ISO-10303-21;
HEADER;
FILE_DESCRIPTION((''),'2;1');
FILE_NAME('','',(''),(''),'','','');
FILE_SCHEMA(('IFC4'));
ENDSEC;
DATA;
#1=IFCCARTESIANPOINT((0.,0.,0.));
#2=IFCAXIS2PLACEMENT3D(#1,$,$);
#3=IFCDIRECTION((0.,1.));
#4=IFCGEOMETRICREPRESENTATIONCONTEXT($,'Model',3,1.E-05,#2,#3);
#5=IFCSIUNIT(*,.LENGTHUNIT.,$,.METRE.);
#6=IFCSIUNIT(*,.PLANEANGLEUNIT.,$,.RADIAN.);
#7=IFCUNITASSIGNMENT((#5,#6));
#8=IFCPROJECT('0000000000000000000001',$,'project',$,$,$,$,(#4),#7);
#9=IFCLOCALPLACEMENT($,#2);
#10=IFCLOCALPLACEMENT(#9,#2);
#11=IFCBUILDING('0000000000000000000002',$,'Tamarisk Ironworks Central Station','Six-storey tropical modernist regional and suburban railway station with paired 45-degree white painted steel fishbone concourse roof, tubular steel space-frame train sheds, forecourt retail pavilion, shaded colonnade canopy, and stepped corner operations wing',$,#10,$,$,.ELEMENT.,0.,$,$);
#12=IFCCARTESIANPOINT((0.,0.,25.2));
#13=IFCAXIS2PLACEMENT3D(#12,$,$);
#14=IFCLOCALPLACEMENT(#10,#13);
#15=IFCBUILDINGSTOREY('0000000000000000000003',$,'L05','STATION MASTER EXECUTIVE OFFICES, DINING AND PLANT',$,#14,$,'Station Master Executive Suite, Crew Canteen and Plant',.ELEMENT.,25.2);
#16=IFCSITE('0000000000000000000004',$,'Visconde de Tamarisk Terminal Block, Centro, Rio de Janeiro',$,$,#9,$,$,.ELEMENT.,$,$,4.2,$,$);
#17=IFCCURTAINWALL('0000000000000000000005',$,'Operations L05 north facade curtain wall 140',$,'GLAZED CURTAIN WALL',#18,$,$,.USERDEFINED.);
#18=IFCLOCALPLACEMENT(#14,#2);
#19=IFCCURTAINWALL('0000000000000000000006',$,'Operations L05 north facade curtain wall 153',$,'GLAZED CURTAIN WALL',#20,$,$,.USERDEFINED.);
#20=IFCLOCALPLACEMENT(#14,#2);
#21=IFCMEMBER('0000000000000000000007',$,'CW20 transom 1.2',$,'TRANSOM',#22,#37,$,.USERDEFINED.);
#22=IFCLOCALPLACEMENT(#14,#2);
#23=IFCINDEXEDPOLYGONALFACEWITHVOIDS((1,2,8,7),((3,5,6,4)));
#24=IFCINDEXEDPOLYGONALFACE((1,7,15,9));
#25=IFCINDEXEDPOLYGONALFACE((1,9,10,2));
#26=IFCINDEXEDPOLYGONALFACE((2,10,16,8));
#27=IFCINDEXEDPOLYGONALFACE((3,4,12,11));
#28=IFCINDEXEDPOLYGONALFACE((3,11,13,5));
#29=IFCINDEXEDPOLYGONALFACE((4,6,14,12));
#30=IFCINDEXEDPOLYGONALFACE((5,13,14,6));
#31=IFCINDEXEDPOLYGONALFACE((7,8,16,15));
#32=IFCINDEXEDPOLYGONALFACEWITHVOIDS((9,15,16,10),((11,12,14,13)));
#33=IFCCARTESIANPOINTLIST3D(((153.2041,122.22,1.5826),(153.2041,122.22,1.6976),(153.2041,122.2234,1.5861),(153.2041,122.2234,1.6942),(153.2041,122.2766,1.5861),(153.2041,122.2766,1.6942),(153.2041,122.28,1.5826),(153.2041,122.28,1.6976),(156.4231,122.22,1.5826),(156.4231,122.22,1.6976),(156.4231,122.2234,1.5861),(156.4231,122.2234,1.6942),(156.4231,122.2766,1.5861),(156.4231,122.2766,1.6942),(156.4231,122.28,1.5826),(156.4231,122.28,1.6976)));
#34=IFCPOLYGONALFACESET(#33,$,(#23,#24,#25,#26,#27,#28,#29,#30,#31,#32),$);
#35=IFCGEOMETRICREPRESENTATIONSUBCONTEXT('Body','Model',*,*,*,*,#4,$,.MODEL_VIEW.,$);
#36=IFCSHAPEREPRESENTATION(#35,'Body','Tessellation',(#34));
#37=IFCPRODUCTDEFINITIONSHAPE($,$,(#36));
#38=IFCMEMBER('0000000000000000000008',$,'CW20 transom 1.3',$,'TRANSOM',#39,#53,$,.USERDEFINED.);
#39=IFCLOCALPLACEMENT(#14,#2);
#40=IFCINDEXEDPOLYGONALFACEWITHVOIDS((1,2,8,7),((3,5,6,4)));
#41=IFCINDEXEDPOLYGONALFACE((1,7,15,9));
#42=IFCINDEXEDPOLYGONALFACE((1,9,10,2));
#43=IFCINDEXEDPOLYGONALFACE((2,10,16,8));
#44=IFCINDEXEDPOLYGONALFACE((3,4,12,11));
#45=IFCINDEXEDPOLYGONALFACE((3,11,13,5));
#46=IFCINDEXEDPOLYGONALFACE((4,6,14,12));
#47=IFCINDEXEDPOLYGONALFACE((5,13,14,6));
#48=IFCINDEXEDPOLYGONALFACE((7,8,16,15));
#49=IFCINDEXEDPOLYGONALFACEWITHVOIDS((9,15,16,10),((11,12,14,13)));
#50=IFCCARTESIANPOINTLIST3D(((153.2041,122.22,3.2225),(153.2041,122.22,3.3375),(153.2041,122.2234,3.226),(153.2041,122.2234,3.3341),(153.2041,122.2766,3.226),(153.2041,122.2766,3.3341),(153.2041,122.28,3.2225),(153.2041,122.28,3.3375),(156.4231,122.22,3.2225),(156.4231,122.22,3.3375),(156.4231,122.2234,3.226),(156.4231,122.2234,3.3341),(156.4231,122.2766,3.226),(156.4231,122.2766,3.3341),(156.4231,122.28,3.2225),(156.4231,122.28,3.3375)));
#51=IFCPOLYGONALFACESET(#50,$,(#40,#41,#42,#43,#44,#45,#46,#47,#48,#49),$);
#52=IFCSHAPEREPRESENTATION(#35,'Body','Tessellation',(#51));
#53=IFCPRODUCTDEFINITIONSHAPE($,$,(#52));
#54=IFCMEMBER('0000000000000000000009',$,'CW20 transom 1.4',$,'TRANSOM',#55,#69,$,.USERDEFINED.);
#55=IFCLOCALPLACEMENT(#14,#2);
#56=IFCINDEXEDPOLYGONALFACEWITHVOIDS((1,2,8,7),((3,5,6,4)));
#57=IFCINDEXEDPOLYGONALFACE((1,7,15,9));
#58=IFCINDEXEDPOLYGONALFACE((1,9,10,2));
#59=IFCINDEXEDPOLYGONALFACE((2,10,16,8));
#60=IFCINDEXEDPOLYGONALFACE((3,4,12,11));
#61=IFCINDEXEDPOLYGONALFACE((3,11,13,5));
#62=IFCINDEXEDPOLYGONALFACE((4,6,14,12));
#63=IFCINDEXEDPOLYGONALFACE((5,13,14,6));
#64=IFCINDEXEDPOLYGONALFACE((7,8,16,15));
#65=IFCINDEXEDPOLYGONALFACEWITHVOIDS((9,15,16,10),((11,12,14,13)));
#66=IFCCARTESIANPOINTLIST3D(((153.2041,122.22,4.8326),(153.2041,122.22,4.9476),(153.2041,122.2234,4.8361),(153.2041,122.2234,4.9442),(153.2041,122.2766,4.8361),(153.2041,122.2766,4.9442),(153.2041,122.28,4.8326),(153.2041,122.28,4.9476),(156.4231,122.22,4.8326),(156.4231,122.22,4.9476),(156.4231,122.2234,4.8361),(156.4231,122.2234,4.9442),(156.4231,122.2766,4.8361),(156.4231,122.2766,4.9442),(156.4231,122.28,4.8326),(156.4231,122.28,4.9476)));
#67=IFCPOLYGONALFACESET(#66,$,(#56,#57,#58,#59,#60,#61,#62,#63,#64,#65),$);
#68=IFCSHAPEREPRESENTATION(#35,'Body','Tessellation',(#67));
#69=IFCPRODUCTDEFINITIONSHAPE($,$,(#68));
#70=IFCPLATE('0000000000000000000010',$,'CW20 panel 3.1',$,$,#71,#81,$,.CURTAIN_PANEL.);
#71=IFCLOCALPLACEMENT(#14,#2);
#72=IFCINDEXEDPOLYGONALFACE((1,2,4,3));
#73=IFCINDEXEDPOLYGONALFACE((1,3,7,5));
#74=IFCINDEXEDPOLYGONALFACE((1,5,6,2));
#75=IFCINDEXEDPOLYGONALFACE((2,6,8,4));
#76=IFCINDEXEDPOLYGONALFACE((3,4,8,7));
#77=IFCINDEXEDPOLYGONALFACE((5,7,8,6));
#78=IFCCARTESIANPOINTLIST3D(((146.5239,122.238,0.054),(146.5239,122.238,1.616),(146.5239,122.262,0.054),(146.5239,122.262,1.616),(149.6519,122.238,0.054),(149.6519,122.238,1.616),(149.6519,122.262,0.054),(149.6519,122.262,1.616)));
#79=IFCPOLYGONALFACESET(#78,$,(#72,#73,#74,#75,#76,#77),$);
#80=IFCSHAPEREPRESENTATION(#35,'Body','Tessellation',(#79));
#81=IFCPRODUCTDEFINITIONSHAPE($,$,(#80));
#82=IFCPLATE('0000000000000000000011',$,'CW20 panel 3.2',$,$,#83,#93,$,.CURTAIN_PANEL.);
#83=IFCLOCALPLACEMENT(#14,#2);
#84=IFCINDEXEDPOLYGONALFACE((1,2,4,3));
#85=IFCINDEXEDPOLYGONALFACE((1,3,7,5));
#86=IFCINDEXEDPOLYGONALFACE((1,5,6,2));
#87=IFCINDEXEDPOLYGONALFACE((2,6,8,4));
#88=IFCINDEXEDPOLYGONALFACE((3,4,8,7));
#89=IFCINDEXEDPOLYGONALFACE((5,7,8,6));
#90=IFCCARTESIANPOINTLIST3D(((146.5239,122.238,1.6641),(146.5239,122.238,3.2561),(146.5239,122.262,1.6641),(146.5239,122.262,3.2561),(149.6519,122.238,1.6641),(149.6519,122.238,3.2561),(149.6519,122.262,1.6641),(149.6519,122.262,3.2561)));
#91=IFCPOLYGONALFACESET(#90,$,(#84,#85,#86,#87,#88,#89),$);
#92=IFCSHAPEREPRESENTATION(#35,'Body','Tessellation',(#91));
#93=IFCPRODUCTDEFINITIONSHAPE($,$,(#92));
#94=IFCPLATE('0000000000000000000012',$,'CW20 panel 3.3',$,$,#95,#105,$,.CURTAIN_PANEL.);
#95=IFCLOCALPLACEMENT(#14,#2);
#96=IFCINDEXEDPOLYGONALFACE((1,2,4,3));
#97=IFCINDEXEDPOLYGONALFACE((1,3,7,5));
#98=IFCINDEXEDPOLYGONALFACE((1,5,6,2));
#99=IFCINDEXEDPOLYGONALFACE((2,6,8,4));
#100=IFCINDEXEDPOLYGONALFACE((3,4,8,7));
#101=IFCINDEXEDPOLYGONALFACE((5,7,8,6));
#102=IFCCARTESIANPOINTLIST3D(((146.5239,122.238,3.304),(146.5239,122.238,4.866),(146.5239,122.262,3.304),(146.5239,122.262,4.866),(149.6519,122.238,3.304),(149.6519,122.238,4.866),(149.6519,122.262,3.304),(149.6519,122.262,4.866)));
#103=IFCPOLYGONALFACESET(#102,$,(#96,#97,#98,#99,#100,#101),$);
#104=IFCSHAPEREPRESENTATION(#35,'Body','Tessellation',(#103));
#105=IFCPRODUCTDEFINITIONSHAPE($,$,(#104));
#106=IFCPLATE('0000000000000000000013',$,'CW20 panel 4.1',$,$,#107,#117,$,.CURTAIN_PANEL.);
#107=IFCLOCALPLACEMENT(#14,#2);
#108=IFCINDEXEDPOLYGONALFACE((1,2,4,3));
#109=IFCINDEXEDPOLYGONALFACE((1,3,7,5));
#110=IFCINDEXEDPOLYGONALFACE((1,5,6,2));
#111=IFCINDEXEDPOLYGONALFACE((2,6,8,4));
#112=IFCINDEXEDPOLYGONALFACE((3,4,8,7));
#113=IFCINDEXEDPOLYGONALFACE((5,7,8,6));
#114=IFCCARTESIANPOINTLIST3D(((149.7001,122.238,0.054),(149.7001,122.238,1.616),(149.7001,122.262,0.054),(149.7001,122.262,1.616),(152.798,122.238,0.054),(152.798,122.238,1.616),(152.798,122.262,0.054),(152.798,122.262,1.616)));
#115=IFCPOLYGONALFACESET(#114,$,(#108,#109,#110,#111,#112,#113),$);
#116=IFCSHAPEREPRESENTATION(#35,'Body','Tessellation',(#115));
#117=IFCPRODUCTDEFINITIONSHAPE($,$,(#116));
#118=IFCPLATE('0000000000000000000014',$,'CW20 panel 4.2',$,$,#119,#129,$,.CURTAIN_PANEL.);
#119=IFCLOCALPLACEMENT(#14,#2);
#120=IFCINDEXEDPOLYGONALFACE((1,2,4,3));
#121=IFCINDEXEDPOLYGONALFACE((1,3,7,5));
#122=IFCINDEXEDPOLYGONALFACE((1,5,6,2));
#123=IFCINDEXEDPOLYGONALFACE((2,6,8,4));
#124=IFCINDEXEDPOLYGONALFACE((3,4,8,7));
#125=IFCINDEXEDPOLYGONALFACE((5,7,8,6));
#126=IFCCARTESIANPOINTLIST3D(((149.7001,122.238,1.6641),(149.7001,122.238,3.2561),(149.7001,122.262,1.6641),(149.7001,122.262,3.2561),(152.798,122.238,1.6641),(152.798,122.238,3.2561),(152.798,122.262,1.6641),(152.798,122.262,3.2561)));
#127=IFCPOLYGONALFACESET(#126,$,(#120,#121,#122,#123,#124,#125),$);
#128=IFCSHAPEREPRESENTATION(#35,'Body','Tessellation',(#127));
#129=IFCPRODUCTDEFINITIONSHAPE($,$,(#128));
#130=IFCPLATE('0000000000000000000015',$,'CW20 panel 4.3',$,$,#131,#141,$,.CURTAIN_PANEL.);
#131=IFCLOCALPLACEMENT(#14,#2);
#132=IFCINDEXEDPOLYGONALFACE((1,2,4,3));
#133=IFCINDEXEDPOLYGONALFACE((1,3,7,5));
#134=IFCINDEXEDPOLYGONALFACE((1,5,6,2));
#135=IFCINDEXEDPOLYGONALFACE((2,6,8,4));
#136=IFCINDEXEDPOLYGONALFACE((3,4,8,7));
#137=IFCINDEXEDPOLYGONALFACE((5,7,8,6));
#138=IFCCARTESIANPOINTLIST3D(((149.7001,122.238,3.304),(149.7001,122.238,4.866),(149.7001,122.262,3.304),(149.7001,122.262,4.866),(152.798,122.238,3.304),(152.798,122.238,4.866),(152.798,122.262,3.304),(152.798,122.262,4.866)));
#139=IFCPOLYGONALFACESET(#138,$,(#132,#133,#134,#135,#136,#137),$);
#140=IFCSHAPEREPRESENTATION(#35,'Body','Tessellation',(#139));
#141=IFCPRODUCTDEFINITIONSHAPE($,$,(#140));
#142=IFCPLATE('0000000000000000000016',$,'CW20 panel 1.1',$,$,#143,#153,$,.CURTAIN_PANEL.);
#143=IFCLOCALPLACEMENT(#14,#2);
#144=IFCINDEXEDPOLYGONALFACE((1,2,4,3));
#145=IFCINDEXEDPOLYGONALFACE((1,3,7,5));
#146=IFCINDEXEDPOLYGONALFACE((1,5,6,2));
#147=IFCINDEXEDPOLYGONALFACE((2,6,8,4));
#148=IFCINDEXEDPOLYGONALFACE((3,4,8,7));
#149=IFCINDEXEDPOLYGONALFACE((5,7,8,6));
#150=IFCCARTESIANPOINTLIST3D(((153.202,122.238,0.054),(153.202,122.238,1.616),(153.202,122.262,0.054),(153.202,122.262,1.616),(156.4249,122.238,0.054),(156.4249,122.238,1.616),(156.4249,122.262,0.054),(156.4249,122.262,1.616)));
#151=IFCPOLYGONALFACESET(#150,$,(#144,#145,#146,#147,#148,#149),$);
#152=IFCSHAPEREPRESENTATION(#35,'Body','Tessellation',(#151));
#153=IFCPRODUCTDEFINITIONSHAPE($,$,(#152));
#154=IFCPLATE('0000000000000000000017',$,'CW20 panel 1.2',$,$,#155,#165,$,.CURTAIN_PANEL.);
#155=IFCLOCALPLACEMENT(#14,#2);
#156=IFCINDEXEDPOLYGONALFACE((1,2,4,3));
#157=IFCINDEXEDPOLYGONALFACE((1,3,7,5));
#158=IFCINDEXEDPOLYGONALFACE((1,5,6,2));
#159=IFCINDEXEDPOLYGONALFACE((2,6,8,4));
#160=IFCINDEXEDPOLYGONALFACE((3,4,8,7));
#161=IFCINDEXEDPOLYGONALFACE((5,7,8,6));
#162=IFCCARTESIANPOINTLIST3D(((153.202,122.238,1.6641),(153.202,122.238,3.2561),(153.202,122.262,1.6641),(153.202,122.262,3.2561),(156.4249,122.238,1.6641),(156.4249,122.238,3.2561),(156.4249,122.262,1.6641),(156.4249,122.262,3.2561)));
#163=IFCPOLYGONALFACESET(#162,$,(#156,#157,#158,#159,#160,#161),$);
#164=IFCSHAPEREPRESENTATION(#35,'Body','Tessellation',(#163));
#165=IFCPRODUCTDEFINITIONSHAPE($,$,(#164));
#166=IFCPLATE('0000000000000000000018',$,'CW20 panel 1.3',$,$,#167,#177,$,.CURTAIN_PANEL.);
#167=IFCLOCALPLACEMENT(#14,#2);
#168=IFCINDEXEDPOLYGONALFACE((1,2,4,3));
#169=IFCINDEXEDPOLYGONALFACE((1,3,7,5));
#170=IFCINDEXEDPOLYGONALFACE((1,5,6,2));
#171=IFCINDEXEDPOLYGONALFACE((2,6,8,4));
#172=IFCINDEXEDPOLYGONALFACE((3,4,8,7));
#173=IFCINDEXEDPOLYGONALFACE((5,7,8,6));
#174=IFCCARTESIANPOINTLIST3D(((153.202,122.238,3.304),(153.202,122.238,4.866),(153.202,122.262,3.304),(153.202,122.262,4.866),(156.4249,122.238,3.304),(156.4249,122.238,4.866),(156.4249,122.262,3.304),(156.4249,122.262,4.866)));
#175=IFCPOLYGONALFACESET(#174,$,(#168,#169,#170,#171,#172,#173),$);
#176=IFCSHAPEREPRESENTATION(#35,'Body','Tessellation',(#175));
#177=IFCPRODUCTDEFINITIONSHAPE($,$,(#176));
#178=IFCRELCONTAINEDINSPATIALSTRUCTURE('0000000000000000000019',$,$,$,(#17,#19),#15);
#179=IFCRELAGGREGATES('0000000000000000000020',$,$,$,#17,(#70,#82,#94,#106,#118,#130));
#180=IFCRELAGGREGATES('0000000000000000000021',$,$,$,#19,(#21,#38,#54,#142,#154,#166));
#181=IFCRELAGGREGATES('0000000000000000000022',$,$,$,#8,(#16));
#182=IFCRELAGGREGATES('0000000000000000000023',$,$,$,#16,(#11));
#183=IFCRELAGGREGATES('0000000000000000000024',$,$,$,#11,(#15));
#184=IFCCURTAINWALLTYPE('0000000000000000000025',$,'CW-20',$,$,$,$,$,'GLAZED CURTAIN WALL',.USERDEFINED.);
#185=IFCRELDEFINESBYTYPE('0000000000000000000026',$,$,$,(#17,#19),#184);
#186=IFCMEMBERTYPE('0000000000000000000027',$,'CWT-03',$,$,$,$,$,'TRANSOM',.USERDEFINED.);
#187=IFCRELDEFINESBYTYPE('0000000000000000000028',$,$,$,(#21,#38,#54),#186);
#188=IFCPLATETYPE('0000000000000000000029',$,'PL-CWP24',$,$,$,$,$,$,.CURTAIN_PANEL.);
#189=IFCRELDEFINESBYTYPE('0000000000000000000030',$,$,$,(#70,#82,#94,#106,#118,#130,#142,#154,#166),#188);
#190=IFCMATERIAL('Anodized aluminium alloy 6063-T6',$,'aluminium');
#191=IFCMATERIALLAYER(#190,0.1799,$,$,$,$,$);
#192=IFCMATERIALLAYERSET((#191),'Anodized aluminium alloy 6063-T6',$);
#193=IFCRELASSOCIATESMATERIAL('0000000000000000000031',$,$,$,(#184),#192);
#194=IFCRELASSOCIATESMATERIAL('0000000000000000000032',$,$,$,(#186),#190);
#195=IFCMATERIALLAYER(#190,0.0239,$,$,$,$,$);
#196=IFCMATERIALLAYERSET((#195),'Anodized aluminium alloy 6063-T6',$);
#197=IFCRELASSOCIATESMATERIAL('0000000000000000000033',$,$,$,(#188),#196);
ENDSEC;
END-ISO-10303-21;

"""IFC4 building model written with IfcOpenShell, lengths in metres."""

from ifc_helpers import new_model, si_unit, direction, frame, origin, origin_2d, place, context, subcontext, project, spatial, rectangle, hollow_rectangle, extrude, material, layer, layer_set, material_profile, profile_set, type_object, element, aggregate, save


model = new_model("IFC4")

# Units and contexts
model_context = context("Model", 3, precision=1e-05, world=origin(), true_north=direction((0.0, 1.0)))
body_context = subcontext(model_context, "Body", "Model", "MODEL_VIEW")
ifc_project = project(units=[si_unit("LENGTHUNIT", "METRE"), si_unit("PLANEANGLEUNIT", "RADIAN")], contexts=[model_context])

# Site, building, storey
site_placement = place(None, origin())
site = spatial("IfcSite", under=ifc_project, at=site_placement, Name="Visconde de Tamarisk Terminal Block, Centro, Rio de Janeiro", CompositionType="ELEMENT", RefElevation=4.2)
building_placement = place(site_placement, origin())
building = spatial("IfcBuilding", under=site, at=building_placement, Name="Tamarisk Ironworks Central Station", Description="Six-storey tropical modernist regional and suburban railway station with paired 45-degree white painted steel fishbone concourse roof, tubular steel space-frame train sheds, forecourt retail pavilion, shaded colonnade canopy, and stepped corner operations wing", CompositionType="ELEMENT", ElevationOfRefHeight=0.0)
storey_placement = place(building_placement, frame((0.0, 0.0, 25.2)))
storey = spatial("IfcBuildingStorey", under=building, at=storey_placement, Name="L05", Description="STATION MASTER EXECUTIVE OFFICES, DINING AND PLANT", LongName="Station Master Executive Suite, Crew Canteen and Plant", CompositionType="ELEMENT", Elevation=25.2)

# Curtain wall
ifc_material_1 = material(Name="Anodized aluminium alloy 6063-T6", Category="aluminium")
ifc_layer_1 = layer(ifc_material_1, 0.1799)
ifc_layer_set_1 = layer_set([ifc_layer_1], Name="Anodized aluminium alloy 6063-T6")
curtain_wall_type = type_object("IfcCurtainWallType", Name="CW-20", ElementType="GLAZED CURTAIN WALL", PredefinedType="USERDEFINED", material=ifc_layer_set_1)
curtain_wall_1_placement = place(storey_placement, origin())
curtain_wall_1 = element("IfcCurtainWall", 1, at=curtain_wall_1_placement, inside=storey, type_object=curtain_wall_type, Name="Operations L05 north facade curtain wall 140", ObjectType="GLAZED CURTAIN WALL", PredefinedType="USERDEFINED")

# Curtain wall
curtain_wall_2_placement = place(storey_placement, origin())
curtain_wall_2 = element("IfcCurtainWall", 2, at=curtain_wall_2_placement, inside=storey, type_object=curtain_wall_type, Name="Operations L05 north facade curtain wall 153", ObjectType="GLAZED CURTAIN WALL", PredefinedType="USERDEFINED")

# Members
ifc_material_profile_1 = material_profile(ifc_material_1, hollow_rectangle(XDim=0.0601, YDim=0.115, WallThickness=0.0034, at=origin_2d()), Name="ALUM 115x60")
ifc_profile_set_1 = profile_set([ifc_material_profile_1], Name="Anodized aluminium alloy 6063-T6")
member_type_1 = type_object("IfcMemberType", Name="CWT-03", ElementType="TRANSOM", PredefinedType="USERDEFINED", material=ifc_profile_set_1)
member_1_placement = place(storey_placement, frame((153.2041, 122.25, 1.6401), z_axis=(1.0, 0.0, 0.0), x_axis=(0.0, 1.0, 0.0)))
member_1 = element("IfcMember", 3, at=member_1_placement, type_object=member_type_1, Name="CW20 transom 1.2", ObjectType="TRANSOM", PredefinedType="USERDEFINED", context=body_context, shape_type="SweptSolid", body=[
    extrude(hollow_rectangle(XDim=0.0601, YDim=0.115, WallThickness=0.0034, at=origin_2d()), origin(), (0.0, 0.0, 1.0), 3.219),
])
member_2_placement = place(storey_placement, frame((153.2041, 122.25, 3.28), z_axis=(1.0, 0.0, 0.0), x_axis=(0.0, 1.0, 0.0)))
member_2 = element("IfcMember", 4, at=member_2_placement, type_object=member_type_1, Name="CW20 transom 1.3", ObjectType="TRANSOM", PredefinedType="USERDEFINED", context=body_context, shape_type="SweptSolid", body=[
    extrude(hollow_rectangle(XDim=0.0601, YDim=0.115, WallThickness=0.0034, at=origin_2d()), origin(), (0.0, 0.0, 1.0), 3.219),
])
member_3_placement = place(storey_placement, frame((153.2041, 122.25, 4.8901), z_axis=(1.0, 0.0, 0.0), x_axis=(0.0, 1.0, 0.0)))
member_3 = element("IfcMember", 5, at=member_3_placement, type_object=member_type_1, Name="CW20 transom 1.4", ObjectType="TRANSOM", PredefinedType="USERDEFINED", context=body_context, shape_type="SweptSolid", body=[
    extrude(hollow_rectangle(XDim=0.0601, YDim=0.115, WallThickness=0.0034, at=origin_2d()), origin(), (0.0, 0.0, 1.0), 3.219),
])

# Plates
ifc_layer_2 = layer(ifc_material_1, 0.0239)
ifc_layer_set_2 = layer_set([ifc_layer_2], Name="Anodized aluminium alloy 6063-T6")
plate_type = type_object("IfcPlateType", Name="PL-CWP24", PredefinedType="CURTAIN_PANEL", material=ifc_layer_set_2)
plate_1_placement = place(storey_placement, frame((148.0879, 122.25, 0.054), z_axis=(0.0, 0.0, 1.0), x_axis=(1.0, 0.0, 0.0)))
plate_1 = element("IfcPlate", 6, at=plate_1_placement, type_object=plate_type, Name="CW20 panel 3.1", PredefinedType="CURTAIN_PANEL", context=body_context, shape_type="SweptSolid", body=[
    extrude(rectangle(XDim=3.1279, YDim=0.0239, at=origin_2d()), origin(), (0.0, 0.0, 1.0), 1.562),
])
plate_2_placement = place(storey_placement, frame((148.0879, 122.25, 1.6641), z_axis=(0.0, 0.0, 1.0), x_axis=(1.0, 0.0, 0.0)))
plate_2 = element("IfcPlate", 7, at=plate_2_placement, type_object=plate_type, Name="CW20 panel 3.2", PredefinedType="CURTAIN_PANEL", context=body_context, shape_type="SweptSolid", body=[
    extrude(rectangle(XDim=3.1279, YDim=0.0239, at=origin_2d()), origin(), (0.0, 0.0, 1.0), 1.592),
])
plate_3_placement = place(storey_placement, frame((148.0879, 122.25, 3.304), z_axis=(0.0, 0.0, 1.0), x_axis=(1.0, 0.0, 0.0)))
plate_3 = element("IfcPlate", 8, at=plate_3_placement, type_object=plate_type, Name="CW20 panel 3.3", PredefinedType="CURTAIN_PANEL", context=body_context, shape_type="SweptSolid", body=[
    extrude(rectangle(XDim=3.1279, YDim=0.0239, at=origin_2d()), origin(), (0.0, 0.0, 1.0), 1.562),
])
plate_4_placement = place(storey_placement, frame((151.249, 122.25, 0.054), z_axis=(0.0, 0.0, 1.0), x_axis=(1.0, 0.0, 0.0)))
plate_4 = element("IfcPlate", 9, at=plate_4_placement, type_object=plate_type, Name="CW20 panel 4.1", PredefinedType="CURTAIN_PANEL", context=body_context, shape_type="SweptSolid", body=[
    extrude(rectangle(XDim=3.0979, YDim=0.0239, at=origin_2d()), origin(), (0.0, 0.0, 1.0), 1.562),
])
plate_5_placement = place(storey_placement, frame((151.249, 122.25, 1.6641), z_axis=(0.0, 0.0, 1.0), x_axis=(1.0, 0.0, 0.0)))
plate_5 = element("IfcPlate", 10, at=plate_5_placement, type_object=plate_type, Name="CW20 panel 4.2", PredefinedType="CURTAIN_PANEL", context=body_context, shape_type="SweptSolid", body=[
    extrude(rectangle(XDim=3.0979, YDim=0.0239, at=origin_2d()), origin(), (0.0, 0.0, 1.0), 1.592),
])
plate_6_placement = place(storey_placement, frame((151.249, 122.25, 3.304), z_axis=(0.0, 0.0, 1.0), x_axis=(1.0, 0.0, 0.0)))
plate_6 = element("IfcPlate", 11, at=plate_6_placement, type_object=plate_type, Name="CW20 panel 4.3", PredefinedType="CURTAIN_PANEL", context=body_context, shape_type="SweptSolid", body=[
    extrude(rectangle(XDim=3.0979, YDim=0.0239, at=origin_2d()), origin(), (0.0, 0.0, 1.0), 1.562),
])
aggregate(curtain_wall_1, [plate_1, plate_2, plate_3, plate_4, plate_5, plate_6])
plate_7_placement = place(storey_placement, frame((154.8135, 122.25, 0.054), z_axis=(0.0, 0.0, 1.0), x_axis=(1.0, 0.0, 0.0)))
plate_7 = element("IfcPlate", 12, at=plate_7_placement, type_object=plate_type, Name="CW20 panel 1.1", PredefinedType="CURTAIN_PANEL", context=body_context, shape_type="SweptSolid", body=[
    extrude(rectangle(XDim=3.2229, YDim=0.0239, at=origin_2d()), origin(), (0.0, 0.0, 1.0), 1.562),
])
plate_8_placement = place(storey_placement, frame((154.8135, 122.25, 1.6641), z_axis=(0.0, 0.0, 1.0), x_axis=(1.0, 0.0, 0.0)))
plate_8 = element("IfcPlate", 13, at=plate_8_placement, type_object=plate_type, Name="CW20 panel 1.2", PredefinedType="CURTAIN_PANEL", context=body_context, shape_type="SweptSolid", body=[
    extrude(rectangle(XDim=3.2229, YDim=0.0239, at=origin_2d()), origin(), (0.0, 0.0, 1.0), 1.592),
])
plate_9_placement = place(storey_placement, frame((154.8135, 122.25, 3.304), z_axis=(0.0, 0.0, 1.0), x_axis=(1.0, 0.0, 0.0)))
plate_9 = element("IfcPlate", 14, at=plate_9_placement, type_object=plate_type, Name="CW20 panel 1.3", PredefinedType="CURTAIN_PANEL", context=body_context, shape_type="SweptSolid", body=[
    extrude(rectangle(XDim=3.2229, YDim=0.0239, at=origin_2d()), origin(), (0.0, 0.0, 1.0), 1.562),
])
aggregate(curtain_wall_2, [member_1, member_2, member_3, plate_7, plate_8, plate_9])

save(model, "model.ifc")
